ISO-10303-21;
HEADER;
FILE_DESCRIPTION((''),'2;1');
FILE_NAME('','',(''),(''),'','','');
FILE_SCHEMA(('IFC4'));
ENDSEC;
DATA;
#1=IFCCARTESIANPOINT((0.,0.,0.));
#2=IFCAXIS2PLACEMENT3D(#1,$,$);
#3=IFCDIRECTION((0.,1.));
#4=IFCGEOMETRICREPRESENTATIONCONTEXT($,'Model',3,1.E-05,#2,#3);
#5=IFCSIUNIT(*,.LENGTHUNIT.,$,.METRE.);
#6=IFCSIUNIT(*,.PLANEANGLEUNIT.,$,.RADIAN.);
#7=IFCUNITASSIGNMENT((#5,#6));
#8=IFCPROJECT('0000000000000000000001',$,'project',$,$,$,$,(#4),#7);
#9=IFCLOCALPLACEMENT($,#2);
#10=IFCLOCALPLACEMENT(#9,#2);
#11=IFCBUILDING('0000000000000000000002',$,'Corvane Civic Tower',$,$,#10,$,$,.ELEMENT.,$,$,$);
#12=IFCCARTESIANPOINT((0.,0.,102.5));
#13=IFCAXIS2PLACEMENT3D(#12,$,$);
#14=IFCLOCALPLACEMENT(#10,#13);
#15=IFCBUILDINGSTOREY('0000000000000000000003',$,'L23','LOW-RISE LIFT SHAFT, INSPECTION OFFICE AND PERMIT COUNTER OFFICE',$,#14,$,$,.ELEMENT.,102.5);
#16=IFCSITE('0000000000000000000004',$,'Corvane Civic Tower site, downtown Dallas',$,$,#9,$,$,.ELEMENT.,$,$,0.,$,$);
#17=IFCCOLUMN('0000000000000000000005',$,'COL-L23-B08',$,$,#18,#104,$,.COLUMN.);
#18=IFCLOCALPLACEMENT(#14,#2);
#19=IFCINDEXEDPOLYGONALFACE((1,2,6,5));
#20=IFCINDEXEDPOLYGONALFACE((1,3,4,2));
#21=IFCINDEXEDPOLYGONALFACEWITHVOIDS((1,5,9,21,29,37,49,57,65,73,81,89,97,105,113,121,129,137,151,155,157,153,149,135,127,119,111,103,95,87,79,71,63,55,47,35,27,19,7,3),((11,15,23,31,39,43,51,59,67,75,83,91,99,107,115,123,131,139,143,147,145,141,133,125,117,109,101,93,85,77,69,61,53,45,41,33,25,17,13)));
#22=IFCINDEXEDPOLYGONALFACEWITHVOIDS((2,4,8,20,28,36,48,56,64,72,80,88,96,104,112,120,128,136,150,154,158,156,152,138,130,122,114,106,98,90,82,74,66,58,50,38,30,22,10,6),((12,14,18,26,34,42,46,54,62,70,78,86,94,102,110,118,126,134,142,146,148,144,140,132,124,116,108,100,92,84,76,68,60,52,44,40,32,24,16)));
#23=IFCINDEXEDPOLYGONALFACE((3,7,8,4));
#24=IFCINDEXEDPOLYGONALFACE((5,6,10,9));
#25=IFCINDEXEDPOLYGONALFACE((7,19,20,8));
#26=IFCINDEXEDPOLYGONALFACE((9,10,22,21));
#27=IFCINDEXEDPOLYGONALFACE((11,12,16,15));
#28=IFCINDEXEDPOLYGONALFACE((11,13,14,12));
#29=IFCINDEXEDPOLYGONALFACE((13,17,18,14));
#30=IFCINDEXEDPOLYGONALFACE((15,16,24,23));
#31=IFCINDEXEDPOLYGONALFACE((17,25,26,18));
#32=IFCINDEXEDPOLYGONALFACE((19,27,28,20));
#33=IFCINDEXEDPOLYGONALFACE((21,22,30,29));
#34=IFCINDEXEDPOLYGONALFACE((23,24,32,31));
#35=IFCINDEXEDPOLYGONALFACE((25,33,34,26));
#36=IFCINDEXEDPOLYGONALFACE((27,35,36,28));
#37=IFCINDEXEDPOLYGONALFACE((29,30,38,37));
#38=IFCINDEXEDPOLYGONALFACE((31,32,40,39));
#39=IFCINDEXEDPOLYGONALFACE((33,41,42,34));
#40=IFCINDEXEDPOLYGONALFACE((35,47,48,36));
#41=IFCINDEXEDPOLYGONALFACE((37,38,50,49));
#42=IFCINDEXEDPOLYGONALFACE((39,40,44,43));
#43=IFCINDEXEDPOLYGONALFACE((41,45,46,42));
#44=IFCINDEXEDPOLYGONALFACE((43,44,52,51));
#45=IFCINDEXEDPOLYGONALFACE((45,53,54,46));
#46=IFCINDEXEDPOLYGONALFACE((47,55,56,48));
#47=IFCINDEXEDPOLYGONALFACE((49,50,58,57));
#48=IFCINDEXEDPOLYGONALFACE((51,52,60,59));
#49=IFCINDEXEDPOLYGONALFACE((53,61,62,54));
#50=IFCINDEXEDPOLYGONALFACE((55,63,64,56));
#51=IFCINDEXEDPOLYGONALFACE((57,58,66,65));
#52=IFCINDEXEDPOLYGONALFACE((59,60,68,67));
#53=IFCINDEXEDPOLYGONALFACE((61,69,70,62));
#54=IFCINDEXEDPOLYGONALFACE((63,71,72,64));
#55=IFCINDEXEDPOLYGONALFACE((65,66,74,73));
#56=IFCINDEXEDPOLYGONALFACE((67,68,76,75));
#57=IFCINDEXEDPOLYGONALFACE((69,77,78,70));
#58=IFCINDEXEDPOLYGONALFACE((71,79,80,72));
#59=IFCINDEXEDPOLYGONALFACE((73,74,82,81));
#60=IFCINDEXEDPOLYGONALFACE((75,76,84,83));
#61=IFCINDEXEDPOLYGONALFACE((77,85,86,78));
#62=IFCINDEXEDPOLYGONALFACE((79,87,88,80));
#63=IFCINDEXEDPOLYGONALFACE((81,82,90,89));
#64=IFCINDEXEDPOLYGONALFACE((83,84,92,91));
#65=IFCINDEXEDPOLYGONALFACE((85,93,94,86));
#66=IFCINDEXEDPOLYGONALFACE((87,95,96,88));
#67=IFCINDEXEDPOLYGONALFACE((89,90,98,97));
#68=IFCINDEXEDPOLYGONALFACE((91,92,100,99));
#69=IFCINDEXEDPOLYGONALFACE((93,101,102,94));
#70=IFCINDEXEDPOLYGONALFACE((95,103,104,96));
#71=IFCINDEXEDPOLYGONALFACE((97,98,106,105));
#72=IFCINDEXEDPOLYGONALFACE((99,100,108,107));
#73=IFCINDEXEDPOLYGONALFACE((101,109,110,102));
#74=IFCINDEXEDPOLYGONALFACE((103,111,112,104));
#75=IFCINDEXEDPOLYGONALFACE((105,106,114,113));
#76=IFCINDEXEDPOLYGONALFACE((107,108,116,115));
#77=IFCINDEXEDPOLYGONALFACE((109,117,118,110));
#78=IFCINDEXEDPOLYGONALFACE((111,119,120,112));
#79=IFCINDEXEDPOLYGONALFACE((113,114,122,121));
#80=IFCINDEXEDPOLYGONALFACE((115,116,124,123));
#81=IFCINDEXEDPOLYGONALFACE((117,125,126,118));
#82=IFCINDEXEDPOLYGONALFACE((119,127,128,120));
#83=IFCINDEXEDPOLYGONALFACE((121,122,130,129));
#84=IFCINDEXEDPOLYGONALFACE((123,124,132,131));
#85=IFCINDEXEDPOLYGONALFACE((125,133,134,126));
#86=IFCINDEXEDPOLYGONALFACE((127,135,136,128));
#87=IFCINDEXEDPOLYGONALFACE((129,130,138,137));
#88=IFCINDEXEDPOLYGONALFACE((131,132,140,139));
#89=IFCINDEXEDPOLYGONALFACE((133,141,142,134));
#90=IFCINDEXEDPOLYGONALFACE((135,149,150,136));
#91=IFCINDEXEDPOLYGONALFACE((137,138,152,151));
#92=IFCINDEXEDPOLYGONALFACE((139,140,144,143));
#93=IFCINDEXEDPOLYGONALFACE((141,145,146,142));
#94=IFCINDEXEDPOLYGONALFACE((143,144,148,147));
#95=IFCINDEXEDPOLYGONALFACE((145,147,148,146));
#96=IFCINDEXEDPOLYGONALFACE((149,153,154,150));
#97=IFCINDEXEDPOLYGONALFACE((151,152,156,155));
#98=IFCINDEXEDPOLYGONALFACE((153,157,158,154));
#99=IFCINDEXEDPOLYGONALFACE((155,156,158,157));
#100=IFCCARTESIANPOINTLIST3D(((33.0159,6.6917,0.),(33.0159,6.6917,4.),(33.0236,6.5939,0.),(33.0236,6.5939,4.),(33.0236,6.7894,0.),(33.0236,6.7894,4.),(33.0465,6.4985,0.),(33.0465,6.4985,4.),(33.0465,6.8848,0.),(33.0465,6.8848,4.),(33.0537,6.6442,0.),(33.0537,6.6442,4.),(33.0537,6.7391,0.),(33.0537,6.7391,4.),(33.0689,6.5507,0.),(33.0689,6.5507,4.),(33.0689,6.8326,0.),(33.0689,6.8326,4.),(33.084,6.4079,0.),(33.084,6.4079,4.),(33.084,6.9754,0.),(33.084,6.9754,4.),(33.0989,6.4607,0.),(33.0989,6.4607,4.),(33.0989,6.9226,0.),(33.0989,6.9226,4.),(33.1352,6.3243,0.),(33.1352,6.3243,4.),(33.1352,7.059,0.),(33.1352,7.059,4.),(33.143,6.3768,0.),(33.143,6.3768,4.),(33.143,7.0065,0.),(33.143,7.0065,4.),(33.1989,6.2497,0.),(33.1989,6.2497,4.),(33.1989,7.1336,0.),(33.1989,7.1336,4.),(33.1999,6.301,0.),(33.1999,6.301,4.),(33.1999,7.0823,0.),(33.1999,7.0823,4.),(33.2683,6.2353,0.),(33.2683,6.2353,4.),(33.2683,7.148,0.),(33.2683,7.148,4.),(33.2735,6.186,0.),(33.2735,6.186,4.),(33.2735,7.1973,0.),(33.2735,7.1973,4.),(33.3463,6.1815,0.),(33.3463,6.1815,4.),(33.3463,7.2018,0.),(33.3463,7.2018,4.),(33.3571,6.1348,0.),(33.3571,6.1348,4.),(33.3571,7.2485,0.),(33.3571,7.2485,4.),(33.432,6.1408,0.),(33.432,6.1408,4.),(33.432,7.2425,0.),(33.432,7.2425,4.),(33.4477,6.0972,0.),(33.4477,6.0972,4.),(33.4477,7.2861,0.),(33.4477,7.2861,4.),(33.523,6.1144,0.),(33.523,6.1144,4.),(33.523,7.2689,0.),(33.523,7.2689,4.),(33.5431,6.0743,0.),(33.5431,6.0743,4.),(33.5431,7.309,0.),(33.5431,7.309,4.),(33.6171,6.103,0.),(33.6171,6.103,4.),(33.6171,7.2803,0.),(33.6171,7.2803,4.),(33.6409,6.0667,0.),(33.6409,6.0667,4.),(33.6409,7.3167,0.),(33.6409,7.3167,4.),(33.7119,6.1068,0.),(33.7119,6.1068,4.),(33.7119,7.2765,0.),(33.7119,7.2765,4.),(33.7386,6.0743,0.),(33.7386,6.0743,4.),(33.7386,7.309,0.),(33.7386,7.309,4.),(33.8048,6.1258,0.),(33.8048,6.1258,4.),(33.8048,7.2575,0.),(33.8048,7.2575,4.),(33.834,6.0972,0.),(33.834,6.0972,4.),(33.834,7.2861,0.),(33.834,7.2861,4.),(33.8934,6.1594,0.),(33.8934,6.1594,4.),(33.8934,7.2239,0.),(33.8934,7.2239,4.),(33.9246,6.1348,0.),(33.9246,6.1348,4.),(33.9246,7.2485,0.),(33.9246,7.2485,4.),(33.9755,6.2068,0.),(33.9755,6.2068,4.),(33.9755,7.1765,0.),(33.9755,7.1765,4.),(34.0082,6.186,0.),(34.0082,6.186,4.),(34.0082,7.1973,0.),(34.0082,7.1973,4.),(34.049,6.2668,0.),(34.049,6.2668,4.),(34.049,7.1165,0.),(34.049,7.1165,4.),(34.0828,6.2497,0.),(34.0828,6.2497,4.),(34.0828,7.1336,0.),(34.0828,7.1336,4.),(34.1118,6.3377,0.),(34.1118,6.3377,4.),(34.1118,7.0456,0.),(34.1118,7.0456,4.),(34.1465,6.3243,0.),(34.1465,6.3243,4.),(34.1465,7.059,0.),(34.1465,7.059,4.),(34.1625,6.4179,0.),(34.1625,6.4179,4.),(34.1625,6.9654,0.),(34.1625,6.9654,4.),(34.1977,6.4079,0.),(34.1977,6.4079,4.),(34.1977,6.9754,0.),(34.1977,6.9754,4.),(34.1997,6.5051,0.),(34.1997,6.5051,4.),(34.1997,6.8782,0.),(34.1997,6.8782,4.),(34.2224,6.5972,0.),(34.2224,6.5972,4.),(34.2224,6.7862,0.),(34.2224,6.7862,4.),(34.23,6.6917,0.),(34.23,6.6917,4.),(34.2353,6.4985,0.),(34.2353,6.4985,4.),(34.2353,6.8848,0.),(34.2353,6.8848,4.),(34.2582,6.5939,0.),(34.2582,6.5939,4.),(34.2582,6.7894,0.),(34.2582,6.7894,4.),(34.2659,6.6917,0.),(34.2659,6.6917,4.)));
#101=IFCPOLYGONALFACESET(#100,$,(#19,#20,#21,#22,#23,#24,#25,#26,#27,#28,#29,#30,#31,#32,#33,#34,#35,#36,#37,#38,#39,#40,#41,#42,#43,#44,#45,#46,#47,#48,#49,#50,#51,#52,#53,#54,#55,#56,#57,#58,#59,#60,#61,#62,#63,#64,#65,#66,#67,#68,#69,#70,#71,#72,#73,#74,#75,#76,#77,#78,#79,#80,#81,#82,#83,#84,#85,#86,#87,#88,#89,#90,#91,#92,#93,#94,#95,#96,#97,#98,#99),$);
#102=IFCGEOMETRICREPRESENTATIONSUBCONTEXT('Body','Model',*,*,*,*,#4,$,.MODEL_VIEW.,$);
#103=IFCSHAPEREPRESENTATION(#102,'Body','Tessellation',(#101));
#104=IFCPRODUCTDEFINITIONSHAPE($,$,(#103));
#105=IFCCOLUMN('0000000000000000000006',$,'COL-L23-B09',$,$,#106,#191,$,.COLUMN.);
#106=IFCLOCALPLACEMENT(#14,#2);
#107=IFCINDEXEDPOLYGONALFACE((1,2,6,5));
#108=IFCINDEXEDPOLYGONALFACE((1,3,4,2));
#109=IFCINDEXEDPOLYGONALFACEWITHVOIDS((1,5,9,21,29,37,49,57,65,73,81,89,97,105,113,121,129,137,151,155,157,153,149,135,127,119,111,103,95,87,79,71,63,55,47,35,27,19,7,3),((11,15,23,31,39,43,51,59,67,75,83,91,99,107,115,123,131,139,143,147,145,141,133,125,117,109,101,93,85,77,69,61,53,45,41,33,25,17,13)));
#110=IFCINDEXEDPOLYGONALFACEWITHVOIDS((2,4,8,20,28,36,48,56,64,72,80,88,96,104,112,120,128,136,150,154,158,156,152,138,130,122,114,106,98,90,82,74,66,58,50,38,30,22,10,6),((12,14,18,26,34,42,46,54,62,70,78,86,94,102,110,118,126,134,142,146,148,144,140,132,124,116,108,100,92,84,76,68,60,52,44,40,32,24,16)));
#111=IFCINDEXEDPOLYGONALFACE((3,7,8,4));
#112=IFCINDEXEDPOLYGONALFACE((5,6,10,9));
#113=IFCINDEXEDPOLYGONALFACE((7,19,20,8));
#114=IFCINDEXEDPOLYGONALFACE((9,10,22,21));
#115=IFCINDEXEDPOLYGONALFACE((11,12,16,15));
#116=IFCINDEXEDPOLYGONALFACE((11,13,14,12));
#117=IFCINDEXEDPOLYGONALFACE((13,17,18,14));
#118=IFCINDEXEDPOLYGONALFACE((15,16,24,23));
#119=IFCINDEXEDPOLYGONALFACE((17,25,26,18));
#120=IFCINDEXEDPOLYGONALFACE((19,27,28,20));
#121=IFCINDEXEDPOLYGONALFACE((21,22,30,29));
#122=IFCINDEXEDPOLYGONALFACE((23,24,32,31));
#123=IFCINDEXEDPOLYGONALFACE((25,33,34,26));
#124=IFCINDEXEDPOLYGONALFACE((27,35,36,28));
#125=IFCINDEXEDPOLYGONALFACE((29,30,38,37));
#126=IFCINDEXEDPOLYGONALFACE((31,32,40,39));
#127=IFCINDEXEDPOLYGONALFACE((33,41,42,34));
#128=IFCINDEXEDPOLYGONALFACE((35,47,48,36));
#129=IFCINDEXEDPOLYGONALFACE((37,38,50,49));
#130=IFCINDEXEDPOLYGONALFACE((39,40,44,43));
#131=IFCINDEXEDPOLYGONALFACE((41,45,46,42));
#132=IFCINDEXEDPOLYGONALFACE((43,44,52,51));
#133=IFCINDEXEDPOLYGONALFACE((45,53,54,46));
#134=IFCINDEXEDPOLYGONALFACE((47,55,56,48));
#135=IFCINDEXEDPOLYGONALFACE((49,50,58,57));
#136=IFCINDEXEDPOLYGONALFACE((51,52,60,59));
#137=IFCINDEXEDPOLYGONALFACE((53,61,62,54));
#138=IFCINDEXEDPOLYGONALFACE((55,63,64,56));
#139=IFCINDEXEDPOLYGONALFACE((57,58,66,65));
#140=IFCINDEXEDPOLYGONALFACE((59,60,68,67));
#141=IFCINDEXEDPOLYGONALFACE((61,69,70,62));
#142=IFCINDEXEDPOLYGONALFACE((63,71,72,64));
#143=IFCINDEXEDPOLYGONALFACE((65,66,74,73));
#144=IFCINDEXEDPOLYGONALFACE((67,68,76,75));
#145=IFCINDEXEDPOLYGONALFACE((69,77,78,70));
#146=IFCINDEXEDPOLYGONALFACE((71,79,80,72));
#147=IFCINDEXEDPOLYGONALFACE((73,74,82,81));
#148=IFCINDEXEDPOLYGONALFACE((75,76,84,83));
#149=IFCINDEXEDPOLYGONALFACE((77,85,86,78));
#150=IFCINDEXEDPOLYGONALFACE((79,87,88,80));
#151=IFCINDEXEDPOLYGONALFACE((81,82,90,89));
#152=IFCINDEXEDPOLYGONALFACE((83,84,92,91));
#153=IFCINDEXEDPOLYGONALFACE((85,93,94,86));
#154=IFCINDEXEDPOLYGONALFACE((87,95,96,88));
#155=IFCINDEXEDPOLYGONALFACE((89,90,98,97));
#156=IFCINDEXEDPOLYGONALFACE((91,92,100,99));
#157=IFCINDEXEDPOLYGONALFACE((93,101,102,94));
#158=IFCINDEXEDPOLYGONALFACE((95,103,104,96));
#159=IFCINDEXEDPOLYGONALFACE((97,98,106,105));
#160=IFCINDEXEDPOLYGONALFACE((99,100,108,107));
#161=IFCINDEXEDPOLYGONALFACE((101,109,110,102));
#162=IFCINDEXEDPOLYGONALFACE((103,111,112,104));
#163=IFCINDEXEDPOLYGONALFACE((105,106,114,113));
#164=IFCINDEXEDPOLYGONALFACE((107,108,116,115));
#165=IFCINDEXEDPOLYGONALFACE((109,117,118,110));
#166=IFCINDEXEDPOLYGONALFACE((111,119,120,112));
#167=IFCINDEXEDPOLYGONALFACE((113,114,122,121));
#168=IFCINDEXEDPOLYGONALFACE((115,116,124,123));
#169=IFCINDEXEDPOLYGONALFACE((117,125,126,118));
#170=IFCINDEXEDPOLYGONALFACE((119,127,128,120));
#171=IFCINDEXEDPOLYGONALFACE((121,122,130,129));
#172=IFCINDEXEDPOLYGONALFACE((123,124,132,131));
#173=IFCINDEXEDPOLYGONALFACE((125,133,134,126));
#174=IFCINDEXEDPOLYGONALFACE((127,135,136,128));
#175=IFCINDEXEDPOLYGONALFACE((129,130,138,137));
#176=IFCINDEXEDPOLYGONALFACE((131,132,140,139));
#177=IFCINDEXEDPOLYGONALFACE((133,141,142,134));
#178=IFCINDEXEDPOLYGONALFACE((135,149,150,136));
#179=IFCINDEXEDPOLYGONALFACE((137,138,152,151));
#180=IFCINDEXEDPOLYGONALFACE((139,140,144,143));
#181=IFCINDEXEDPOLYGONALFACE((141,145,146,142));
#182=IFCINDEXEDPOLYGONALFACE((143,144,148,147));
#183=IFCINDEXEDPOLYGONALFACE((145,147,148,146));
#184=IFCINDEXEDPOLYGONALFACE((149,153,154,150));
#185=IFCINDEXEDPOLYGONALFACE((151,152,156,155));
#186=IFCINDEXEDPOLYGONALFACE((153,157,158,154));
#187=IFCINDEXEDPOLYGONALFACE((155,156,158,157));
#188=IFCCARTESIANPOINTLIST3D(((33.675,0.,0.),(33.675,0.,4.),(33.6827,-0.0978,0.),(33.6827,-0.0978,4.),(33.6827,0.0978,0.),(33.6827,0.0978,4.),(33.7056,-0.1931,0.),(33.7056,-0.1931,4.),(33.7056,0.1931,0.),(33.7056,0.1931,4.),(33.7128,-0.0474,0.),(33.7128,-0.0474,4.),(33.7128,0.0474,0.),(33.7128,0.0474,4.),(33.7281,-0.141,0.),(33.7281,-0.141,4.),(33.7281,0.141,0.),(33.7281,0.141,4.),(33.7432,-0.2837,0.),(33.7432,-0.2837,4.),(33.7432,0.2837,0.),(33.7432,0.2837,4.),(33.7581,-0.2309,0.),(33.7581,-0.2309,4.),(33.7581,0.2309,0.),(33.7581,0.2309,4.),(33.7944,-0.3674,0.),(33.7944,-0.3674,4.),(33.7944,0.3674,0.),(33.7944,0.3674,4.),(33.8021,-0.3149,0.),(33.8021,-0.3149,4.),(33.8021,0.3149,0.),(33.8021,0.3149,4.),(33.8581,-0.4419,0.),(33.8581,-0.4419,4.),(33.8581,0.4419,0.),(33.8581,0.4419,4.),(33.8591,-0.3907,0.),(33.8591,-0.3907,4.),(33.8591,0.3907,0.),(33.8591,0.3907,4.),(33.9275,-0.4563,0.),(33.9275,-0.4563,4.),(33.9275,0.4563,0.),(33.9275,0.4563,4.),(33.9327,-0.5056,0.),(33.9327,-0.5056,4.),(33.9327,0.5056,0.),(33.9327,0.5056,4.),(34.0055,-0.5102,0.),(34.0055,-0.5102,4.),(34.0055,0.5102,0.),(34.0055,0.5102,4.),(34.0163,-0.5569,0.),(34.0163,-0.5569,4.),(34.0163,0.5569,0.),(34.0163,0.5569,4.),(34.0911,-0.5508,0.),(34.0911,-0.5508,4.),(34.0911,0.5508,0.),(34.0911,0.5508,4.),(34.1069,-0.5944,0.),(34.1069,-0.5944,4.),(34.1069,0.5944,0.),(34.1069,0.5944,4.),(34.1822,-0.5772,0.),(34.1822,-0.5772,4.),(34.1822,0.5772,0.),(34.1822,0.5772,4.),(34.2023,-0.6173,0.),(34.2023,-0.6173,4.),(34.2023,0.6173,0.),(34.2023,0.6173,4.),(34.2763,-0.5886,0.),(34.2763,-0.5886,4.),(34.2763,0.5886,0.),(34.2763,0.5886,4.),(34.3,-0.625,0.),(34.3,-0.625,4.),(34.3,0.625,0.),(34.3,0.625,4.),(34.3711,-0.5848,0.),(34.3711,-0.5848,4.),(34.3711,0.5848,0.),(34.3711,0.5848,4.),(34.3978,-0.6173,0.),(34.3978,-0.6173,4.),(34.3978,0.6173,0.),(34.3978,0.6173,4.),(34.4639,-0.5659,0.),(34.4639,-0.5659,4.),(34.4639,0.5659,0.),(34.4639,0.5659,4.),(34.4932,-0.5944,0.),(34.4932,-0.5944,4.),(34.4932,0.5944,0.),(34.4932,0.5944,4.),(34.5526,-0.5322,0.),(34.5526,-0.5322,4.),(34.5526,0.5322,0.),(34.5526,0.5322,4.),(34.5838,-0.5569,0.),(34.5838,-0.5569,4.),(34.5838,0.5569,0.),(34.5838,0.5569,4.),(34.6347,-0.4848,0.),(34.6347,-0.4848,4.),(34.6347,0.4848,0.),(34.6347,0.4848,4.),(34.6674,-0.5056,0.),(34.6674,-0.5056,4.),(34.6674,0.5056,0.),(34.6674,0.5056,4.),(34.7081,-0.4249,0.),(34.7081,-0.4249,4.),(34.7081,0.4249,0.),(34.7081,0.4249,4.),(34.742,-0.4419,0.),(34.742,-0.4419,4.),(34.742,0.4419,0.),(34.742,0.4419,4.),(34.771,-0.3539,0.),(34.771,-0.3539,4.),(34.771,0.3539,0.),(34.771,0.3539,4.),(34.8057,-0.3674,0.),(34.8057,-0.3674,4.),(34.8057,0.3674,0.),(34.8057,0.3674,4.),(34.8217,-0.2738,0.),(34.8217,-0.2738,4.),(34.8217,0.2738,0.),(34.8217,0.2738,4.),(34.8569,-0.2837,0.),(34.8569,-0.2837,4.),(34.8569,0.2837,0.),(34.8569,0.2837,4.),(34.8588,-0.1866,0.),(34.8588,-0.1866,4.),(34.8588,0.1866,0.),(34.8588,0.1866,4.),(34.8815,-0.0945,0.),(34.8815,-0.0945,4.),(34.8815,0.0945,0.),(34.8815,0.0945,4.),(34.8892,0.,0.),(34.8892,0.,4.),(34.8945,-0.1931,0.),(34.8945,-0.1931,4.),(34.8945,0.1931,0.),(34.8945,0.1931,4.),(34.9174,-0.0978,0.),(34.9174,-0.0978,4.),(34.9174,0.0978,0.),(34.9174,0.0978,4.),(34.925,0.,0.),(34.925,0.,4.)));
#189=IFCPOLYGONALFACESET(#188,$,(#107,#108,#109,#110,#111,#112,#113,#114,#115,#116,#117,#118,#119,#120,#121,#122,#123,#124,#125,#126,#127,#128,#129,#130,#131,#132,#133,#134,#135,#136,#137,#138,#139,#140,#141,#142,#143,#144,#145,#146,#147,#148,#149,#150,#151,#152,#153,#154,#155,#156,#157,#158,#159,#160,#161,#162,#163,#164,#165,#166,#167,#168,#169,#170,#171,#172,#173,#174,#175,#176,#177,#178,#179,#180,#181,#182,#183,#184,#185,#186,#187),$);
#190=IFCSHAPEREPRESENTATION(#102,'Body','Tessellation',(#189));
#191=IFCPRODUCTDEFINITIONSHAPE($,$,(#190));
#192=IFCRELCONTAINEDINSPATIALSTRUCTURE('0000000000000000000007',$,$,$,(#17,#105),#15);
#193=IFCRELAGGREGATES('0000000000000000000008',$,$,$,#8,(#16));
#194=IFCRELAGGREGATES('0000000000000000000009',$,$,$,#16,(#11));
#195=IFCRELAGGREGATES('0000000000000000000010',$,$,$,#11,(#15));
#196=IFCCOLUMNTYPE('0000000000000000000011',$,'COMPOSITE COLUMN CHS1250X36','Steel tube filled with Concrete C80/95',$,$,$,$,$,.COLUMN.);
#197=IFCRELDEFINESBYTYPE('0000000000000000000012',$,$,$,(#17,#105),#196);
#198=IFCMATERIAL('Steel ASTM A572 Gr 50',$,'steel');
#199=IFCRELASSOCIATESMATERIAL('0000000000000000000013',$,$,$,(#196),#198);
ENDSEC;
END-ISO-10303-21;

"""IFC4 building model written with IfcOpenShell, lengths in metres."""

from ifc_helpers import new_model, si_unit, direction, frame, origin, origin_2d, place, context, subcontext, project, spatial, hollow_circle, extrude, material, material_profile, profile_set, type_object, element, save


model = new_model("IFC4")

# Units and contexts
model_context = context("Model", 3, precision=1e-05, world=origin(), true_north=direction((0.0, 1.0)))
body_context = subcontext(model_context, "Body", "Model", "MODEL_VIEW")
ifc_project = project(units=[si_unit("LENGTHUNIT", "METRE"), si_unit("PLANEANGLEUNIT", "RADIAN")], contexts=[model_context])

# Site, building, storey
site_placement = place(None, origin())
site = spatial("IfcSite", under=ifc_project, at=site_placement, Name="Corvane Civic Tower site, downtown Dallas", CompositionType="ELEMENT", RefElevation=0.0)
building_placement = place(site_placement, origin())
building = spatial("IfcBuilding", under=site, at=building_placement, Name="Corvane Civic Tower", CompositionType="ELEMENT")
storey_placement = place(building_placement, frame((0.0, 0.0, 102.5)))
storey = spatial("IfcBuildingStorey", under=building, at=storey_placement, Name="L23", Description="LOW-RISE LIFT SHAFT, INSPECTION OFFICE AND PERMIT COUNTER OFFICE", CompositionType="ELEMENT", Elevation=102.5)

# Columns
ifc_material_1 = material(Name="Steel ASTM A572 Gr 50", Category="steel")
ifc_material_profile_1 = material_profile(ifc_material_1, hollow_circle(Radius=0.625, WallThickness=0.0359, at=origin_2d()), Name="CHS1250X36")
ifc_profile_set_1 = profile_set([ifc_material_profile_1], Name="Steel ASTM A572 Gr 50")
column_type = type_object("IfcColumnType", Name="COMPOSITE COLUMN CHS1250X36", Description="Steel tube filled with Concrete C80/95", PredefinedType="COLUMN", material=ifc_profile_set_1)
for number, where, z_axis, x_axis, name in (
    (1, (33.6409, 6.6917, 0.0), (0.0, 0.0, 1.0), (1.0, 0.0, 0.0), "COL-L23-B08"),
    (2, (34.3, 0.0, 0.0), (0.0, 0.0, 1.0), (1.0, 0.0, 0.0), "COL-L23-B09"),
):
    element("IfcColumn", number, at=place(storey_placement, frame(where, z_axis=z_axis, x_axis=x_axis)), inside=storey, type_object=column_type, Name=name, PredefinedType="COLUMN", context=body_context, shape_type="SweptSolid", body=[
        extrude(hollow_circle(Radius=0.625, WallThickness=0.0359, at=origin_2d()), origin(), (0.0, 0.0, 1.0), 4.0),
    ])

save(model, "model.ifc")
